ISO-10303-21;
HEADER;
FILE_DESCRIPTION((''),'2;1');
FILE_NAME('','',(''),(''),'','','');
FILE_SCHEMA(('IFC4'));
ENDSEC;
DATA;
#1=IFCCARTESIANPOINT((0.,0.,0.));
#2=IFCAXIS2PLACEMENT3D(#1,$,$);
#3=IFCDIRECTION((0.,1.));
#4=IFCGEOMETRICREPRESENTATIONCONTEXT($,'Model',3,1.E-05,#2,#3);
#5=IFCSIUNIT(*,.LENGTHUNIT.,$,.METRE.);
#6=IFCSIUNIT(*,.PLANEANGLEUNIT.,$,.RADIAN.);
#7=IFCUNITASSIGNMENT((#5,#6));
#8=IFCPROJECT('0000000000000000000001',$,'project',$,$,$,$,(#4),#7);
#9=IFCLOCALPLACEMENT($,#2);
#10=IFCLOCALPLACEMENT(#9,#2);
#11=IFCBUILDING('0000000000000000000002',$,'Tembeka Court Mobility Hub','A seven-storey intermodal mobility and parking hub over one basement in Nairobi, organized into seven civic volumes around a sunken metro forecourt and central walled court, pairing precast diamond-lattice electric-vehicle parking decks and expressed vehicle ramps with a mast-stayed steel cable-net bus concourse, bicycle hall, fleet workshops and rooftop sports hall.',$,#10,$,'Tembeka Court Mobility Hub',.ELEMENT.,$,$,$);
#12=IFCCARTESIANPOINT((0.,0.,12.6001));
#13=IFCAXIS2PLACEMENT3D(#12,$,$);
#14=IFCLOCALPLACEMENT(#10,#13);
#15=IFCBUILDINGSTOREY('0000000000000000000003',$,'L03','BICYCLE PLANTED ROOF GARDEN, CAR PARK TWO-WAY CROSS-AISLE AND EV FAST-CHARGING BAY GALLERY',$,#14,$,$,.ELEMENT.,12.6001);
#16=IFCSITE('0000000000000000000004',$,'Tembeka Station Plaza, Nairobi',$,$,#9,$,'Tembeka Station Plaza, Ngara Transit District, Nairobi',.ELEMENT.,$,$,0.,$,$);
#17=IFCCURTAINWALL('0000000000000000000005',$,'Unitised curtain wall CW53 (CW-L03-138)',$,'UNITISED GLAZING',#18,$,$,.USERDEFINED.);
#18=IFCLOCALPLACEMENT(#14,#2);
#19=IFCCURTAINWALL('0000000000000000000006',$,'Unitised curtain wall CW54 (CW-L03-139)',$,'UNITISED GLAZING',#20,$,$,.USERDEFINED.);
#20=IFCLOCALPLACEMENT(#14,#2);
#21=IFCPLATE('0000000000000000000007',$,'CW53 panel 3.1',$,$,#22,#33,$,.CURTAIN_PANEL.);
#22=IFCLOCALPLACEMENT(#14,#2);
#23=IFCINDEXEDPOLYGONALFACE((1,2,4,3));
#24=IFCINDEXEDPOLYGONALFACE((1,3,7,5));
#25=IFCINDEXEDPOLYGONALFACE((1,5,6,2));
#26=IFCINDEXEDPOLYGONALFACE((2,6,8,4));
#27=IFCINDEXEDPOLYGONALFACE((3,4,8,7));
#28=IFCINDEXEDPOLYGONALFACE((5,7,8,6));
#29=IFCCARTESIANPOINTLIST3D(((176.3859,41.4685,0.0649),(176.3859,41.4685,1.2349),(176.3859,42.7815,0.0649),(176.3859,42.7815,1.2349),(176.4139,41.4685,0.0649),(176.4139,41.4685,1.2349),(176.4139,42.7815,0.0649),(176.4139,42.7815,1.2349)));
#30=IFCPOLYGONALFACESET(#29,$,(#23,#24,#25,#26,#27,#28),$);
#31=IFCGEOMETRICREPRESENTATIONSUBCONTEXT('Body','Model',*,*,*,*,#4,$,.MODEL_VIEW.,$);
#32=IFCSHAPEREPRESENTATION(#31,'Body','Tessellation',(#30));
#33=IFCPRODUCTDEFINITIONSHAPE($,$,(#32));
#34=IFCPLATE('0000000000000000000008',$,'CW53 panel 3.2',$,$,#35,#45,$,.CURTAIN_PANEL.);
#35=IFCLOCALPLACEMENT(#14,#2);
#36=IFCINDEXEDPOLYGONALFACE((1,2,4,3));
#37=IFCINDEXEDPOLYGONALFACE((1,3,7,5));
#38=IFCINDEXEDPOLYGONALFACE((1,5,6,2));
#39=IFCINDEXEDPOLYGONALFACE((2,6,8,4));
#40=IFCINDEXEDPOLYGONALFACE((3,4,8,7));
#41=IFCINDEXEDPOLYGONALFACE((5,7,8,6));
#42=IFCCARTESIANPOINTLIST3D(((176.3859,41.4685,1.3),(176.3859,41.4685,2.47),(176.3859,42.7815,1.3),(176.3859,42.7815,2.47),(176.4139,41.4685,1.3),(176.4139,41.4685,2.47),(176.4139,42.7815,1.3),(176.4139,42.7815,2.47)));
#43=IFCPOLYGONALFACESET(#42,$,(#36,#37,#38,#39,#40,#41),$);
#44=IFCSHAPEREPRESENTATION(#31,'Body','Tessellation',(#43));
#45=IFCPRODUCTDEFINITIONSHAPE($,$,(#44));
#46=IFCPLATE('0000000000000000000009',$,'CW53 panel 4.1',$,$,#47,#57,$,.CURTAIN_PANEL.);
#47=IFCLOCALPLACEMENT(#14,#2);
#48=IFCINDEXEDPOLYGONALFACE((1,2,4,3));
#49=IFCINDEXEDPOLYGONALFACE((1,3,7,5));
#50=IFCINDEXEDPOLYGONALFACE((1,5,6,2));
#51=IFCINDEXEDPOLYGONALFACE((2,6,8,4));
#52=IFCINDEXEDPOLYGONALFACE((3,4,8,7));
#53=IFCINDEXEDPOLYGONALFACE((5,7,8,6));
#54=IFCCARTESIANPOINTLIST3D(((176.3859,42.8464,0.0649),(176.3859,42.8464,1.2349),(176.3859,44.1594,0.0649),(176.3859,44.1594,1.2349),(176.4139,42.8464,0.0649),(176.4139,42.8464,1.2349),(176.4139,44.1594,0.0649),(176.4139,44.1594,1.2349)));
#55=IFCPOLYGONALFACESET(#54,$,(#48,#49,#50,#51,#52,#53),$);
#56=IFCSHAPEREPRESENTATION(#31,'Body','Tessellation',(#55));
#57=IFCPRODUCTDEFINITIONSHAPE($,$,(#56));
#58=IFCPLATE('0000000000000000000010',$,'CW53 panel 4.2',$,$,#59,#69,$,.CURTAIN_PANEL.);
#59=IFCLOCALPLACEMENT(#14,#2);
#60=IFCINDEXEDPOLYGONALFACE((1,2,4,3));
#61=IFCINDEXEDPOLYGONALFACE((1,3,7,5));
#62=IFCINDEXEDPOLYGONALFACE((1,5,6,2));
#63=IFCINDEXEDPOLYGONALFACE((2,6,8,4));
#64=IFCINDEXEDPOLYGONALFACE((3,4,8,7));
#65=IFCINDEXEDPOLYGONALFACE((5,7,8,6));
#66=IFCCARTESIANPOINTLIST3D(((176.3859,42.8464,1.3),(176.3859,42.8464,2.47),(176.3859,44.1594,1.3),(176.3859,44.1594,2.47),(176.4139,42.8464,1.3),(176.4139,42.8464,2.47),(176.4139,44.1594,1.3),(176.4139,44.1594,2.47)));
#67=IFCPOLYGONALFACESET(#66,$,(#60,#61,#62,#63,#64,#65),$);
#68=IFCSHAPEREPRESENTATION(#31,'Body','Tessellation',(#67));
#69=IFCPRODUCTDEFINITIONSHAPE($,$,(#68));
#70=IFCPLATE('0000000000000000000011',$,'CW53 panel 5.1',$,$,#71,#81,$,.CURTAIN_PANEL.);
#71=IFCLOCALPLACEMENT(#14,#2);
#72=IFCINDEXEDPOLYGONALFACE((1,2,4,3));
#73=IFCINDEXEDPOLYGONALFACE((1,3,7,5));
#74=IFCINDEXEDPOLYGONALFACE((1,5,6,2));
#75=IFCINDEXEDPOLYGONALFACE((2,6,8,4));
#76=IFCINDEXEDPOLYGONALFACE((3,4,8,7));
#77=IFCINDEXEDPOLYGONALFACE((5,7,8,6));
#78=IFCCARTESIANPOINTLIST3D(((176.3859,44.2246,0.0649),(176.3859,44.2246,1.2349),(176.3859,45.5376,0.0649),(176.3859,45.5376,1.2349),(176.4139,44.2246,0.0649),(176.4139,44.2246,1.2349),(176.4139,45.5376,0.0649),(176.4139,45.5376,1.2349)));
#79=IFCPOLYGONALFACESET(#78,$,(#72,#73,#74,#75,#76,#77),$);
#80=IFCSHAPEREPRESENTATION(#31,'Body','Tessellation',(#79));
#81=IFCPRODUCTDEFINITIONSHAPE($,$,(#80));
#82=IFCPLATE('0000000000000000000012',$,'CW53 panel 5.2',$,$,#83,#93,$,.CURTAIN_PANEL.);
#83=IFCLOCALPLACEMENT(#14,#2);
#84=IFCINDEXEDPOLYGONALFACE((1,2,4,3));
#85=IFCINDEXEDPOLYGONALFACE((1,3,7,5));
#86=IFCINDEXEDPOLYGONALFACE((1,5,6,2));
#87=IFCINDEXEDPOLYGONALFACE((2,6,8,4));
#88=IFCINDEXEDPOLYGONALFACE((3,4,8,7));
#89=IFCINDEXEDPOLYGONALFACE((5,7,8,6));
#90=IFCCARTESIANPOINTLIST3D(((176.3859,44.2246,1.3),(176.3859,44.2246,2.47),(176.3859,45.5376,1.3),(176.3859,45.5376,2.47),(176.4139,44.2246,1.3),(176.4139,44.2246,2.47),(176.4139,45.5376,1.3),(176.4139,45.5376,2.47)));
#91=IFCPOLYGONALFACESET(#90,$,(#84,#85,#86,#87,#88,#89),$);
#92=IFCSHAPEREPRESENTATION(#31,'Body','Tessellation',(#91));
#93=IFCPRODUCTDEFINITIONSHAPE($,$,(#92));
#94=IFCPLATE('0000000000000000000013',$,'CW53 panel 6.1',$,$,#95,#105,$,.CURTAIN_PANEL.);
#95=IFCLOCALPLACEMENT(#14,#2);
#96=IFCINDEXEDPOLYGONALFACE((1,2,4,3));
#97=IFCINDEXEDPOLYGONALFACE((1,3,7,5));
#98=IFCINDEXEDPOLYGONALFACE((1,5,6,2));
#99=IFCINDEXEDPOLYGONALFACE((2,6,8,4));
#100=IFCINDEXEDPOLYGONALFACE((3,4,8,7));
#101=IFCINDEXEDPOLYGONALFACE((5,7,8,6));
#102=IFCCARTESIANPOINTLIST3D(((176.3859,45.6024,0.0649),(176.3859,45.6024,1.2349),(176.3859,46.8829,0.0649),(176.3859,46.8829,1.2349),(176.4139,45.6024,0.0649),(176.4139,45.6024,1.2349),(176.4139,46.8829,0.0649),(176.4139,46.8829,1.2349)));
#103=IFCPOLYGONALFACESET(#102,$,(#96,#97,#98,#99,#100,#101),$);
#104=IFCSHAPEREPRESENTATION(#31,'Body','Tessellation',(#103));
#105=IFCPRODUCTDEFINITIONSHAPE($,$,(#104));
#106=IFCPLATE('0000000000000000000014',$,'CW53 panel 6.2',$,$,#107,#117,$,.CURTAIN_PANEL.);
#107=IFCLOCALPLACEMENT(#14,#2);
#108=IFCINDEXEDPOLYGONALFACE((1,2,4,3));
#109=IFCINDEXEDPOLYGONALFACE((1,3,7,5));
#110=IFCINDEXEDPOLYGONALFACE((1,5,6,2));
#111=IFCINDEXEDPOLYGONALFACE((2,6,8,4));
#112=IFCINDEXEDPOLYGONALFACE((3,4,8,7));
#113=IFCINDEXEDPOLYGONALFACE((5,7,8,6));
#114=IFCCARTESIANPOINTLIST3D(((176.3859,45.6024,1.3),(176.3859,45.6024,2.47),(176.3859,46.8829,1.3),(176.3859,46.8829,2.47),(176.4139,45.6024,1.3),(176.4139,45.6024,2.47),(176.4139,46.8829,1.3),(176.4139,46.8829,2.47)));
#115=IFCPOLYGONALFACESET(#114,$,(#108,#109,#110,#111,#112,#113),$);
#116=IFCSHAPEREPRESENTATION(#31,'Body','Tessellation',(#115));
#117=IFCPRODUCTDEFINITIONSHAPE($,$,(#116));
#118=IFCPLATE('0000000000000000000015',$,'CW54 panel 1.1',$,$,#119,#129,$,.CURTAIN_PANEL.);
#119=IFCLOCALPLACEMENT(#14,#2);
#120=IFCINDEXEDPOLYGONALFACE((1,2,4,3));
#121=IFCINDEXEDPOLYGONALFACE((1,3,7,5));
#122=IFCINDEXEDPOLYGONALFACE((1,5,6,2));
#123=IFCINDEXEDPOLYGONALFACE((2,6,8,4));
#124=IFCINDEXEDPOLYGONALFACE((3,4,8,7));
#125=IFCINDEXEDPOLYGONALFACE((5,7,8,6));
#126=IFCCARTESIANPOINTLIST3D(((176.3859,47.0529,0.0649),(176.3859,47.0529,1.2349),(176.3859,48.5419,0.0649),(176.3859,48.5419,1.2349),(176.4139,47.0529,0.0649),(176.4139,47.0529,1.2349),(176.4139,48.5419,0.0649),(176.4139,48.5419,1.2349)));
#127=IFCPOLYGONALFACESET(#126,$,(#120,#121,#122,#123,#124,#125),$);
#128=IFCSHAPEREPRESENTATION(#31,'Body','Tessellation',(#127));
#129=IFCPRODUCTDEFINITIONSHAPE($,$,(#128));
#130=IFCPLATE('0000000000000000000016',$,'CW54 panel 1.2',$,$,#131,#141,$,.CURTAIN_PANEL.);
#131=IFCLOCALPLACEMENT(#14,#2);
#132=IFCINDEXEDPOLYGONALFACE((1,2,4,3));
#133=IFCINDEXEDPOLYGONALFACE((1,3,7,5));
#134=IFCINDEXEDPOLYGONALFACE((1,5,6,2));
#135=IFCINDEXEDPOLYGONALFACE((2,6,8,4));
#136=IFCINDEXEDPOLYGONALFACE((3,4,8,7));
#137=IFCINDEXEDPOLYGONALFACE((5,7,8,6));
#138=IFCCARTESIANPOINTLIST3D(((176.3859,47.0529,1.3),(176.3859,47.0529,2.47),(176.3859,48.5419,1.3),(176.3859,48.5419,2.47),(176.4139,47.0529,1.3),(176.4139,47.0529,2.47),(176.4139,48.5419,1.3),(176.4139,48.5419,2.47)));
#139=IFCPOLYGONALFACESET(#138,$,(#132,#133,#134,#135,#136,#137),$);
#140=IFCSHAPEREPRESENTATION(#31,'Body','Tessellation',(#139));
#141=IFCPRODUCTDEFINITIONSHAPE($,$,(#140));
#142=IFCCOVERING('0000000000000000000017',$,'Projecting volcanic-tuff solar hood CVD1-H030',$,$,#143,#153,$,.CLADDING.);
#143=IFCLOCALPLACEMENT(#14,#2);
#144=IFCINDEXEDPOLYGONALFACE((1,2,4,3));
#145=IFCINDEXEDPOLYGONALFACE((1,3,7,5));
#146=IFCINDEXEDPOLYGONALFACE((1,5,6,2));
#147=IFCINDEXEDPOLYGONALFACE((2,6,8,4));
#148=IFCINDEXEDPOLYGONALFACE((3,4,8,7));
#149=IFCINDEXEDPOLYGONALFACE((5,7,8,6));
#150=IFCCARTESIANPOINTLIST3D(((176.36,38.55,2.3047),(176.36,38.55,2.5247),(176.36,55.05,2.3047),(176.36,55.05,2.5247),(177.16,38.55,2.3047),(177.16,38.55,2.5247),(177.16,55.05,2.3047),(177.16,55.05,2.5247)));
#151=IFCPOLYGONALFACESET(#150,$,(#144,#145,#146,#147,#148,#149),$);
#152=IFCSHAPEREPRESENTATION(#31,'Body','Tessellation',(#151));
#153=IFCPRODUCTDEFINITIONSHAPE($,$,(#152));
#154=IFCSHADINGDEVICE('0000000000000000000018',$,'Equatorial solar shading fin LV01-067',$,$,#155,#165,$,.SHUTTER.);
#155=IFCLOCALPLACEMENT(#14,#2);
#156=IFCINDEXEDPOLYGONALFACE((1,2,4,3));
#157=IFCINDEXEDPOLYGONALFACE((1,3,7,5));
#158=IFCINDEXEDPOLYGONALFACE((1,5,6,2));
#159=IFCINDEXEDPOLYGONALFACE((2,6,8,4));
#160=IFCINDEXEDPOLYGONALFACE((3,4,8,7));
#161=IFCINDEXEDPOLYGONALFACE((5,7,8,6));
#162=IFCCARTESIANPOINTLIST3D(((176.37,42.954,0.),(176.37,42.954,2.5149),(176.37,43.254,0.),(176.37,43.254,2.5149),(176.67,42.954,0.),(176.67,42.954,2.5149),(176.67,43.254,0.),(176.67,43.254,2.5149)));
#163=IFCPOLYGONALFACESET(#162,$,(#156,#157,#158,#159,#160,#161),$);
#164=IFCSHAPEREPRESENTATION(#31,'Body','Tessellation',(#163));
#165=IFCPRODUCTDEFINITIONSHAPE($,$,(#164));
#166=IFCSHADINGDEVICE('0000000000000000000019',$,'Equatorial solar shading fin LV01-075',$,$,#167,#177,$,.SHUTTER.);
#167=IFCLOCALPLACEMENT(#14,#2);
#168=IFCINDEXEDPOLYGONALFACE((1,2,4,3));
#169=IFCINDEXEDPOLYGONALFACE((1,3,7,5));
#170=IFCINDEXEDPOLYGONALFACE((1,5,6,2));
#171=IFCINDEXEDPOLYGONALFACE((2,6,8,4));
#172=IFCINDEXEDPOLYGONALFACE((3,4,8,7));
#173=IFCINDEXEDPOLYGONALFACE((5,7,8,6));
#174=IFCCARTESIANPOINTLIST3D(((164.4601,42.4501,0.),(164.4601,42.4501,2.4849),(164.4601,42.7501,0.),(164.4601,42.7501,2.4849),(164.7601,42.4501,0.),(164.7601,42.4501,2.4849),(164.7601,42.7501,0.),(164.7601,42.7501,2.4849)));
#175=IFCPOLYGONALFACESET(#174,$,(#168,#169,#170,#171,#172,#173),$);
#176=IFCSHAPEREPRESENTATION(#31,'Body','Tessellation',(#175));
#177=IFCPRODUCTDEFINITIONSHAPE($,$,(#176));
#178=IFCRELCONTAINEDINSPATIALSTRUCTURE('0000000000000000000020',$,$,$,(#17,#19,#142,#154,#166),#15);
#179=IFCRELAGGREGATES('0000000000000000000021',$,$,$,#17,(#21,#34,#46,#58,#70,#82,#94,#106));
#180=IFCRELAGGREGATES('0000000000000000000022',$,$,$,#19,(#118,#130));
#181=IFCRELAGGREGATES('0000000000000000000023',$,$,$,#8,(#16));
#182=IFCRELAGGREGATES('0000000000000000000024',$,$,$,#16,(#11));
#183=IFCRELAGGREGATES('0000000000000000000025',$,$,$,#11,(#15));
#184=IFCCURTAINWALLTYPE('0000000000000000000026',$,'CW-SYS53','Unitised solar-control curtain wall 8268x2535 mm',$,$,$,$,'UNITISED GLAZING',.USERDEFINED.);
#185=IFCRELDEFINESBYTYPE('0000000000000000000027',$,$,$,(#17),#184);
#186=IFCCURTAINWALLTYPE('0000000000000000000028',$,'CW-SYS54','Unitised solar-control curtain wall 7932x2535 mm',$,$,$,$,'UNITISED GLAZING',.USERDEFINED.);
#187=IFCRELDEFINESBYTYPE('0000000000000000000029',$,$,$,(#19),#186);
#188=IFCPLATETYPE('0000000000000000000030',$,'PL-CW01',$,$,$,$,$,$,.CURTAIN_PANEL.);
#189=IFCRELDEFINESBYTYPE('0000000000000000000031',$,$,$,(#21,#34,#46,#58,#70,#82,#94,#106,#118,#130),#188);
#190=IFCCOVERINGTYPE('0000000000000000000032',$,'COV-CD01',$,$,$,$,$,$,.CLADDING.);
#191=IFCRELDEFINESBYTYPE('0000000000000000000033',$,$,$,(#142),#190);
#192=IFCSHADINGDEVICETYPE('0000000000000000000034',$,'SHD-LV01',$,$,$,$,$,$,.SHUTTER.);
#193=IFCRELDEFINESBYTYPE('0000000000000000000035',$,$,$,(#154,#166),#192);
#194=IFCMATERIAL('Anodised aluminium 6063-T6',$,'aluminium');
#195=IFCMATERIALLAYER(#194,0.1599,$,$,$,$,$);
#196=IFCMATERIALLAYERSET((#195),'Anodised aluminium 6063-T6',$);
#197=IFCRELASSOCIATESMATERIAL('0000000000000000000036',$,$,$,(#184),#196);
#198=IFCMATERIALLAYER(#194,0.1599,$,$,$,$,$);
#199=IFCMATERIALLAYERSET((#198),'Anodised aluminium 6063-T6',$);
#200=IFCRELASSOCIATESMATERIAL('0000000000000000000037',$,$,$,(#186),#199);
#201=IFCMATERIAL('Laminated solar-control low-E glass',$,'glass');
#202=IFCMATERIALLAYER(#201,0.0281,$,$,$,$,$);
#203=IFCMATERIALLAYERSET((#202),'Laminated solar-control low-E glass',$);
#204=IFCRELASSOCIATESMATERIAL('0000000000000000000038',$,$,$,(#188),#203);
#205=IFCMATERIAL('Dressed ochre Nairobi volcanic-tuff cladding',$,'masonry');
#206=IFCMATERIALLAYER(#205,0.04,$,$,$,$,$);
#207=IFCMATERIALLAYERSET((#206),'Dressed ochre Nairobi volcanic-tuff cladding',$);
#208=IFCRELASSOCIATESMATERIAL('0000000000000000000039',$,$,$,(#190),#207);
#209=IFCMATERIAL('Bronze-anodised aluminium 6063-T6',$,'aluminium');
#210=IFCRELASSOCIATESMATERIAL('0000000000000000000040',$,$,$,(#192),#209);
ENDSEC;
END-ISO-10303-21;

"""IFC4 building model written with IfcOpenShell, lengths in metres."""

from ifc_helpers import new_model, si_unit, direction, frame, origin, origin_2d, place, context, subcontext, project, spatial, rectangle, extrude, material, layer, layer_set, material_profile, profile_set, type_object, element, aggregate, save


model = new_model("IFC4")

# Units and contexts
model_context = context("Model", 3, precision=1e-05, world=origin(), true_north=direction((0.0, 1.0)))
body_context = subcontext(model_context, "Body", "Model", "MODEL_VIEW")
ifc_project = project(units=[si_unit("LENGTHUNIT", "METRE"), si_unit("PLANEANGLEUNIT", "RADIAN")], contexts=[model_context])

# Site, building, storey
site_placement = place(None, origin())
site = spatial("IfcSite", under=ifc_project, at=site_placement, Name="Tembeka Station Plaza, Nairobi", LongName="Tembeka Station Plaza, Ngara Transit District, Nairobi", CompositionType="ELEMENT", RefElevation=0.0)
building_placement = place(site_placement, origin())
building = spatial("IfcBuilding", under=site, at=building_placement, Name="Tembeka Court Mobility Hub", Description="A seven-storey intermodal mobility and parking hub over one basement in Nairobi, organized into seven civic volumes around a sunken metro forecourt and central walled court, pairing precast diamond-lattice electric-vehicle parking decks and expressed vehicle ramps with a mast-stayed steel cable-net bus concourse, bicycle hall, fleet workshops and rooftop sports hall.", LongName="Tembeka Court Mobility Hub", CompositionType="ELEMENT")
storey_placement = place(building_placement, frame((0.0, 0.0, 12.6001)))
storey = spatial("IfcBuildingStorey", under=building, at=storey_placement, Name="L03", Description="BICYCLE PLANTED ROOF GARDEN, CAR PARK TWO-WAY CROSS-AISLE AND EV FAST-CHARGING BAY GALLERY", CompositionType="ELEMENT", Elevation=12.6001)

# Curtain wall
ifc_material_1 = material(Name="Anodised aluminium 6063-T6", Category="aluminium")
ifc_layer_1 = layer(ifc_material_1, 0.1599)
ifc_layer_set_1 = layer_set([ifc_layer_1], Name="Anodised aluminium 6063-T6")
curtain_wall_type_1 = type_object("IfcCurtainWallType", Name="CW-SYS53", Description="Unitised solar-control curtain wall 8268x2535 mm", ElementType="UNITISED GLAZING", PredefinedType="USERDEFINED", material=ifc_layer_set_1)
curtain_wall_1_placement = place(storey_placement, origin())
curtain_wall_1 = element("IfcCurtainWall", 1, at=curtain_wall_1_placement, inside=storey, type_object=curtain_wall_type_1, Name="Unitised curtain wall CW53 (CW-L03-138)", ObjectType="UNITISED GLAZING", PredefinedType="USERDEFINED")

# Curtain wall
ifc_layer_2 = layer(ifc_material_1, 0.1599)
ifc_layer_set_2 = layer_set([ifc_layer_2], Name="Anodised aluminium 6063-T6")
curtain_wall_type_2 = type_object("IfcCurtainWallType", Name="CW-SYS54", Description="Unitised solar-control curtain wall 7932x2535 mm", ElementType="UNITISED GLAZING", PredefinedType="USERDEFINED", material=ifc_layer_set_2)
curtain_wall_2_placement = place(storey_placement, origin())
curtain_wall_2 = element("IfcCurtainWall", 2, at=curtain_wall_2_placement, inside=storey, type_object=curtain_wall_type_2, Name="Unitised curtain wall CW54 (CW-L03-139)", ObjectType="UNITISED GLAZING", PredefinedType="USERDEFINED")

# Plates
ifc_material_2 = material(Name="Laminated solar-control low-E glass", Category="glass")
ifc_layer_3 = layer(ifc_material_2, 0.0281)
ifc_layer_set_3 = layer_set([ifc_layer_3], Name="Laminated solar-control low-E glass")
plate_type = type_object("IfcPlateType", Name="PL-CW01", PredefinedType="CURTAIN_PANEL", material=ifc_layer_set_3)
plate_1_placement = place(storey_placement, frame((176.3999, 42.125, 0.0649), z_axis=(0.0, 0.0, 1.0), x_axis=(0.0, 1.0, 0.0)))
plate_1 = element("IfcPlate", 3, at=plate_1_placement, type_object=plate_type, Name="CW53 panel 3.1", PredefinedType="CURTAIN_PANEL", context=body_context, shape_type="SweptSolid", body=[
    extrude(rectangle(XDim=1.313, YDim=0.0281, at=origin_2d()), origin(), (0.0, 0.0, 1.0), 1.1699),
])
plate_2_placement = place(storey_placement, frame((176.3999, 42.125, 1.3), z_axis=(0.0, 0.0, 1.0), x_axis=(0.0, 1.0, 0.0)))
plate_2 = element("IfcPlate", 4, at=plate_2_placement, type_object=plate_type, Name="CW53 panel 3.2", PredefinedType="CURTAIN_PANEL", context=body_context, shape_type="SweptSolid", body=[
    extrude(rectangle(XDim=1.313, YDim=0.0281, at=origin_2d()), origin(), (0.0, 0.0, 1.0), 1.1699),
])
plate_3_placement = place(storey_placement, frame((176.3999, 43.5029, 0.0649), z_axis=(0.0, 0.0, 1.0), x_axis=(0.0, 1.0, 0.0)))
plate_3 = element("IfcPlate", 5, at=plate_3_placement, type_object=plate_type, Name="CW53 panel 4.1", PredefinedType="CURTAIN_PANEL", context=body_context, shape_type="SweptSolid", body=[
    extrude(rectangle(XDim=1.313, YDim=0.0281, at=origin_2d()), origin(), (0.0, 0.0, 1.0), 1.1699),
])
plate_4_placement = place(storey_placement, frame((176.3999, 43.5029, 1.3), z_axis=(0.0, 0.0, 1.0), x_axis=(0.0, 1.0, 0.0)))
plate_4 = element("IfcPlate", 6, at=plate_4_placement, type_object=plate_type, Name="CW53 panel 4.2", PredefinedType="CURTAIN_PANEL", context=body_context, shape_type="SweptSolid", body=[
    extrude(rectangle(XDim=1.313, YDim=0.0281, at=origin_2d()), origin(), (0.0, 0.0, 1.0), 1.1699),
])
plate_5_placement = place(storey_placement, frame((176.3999, 44.8811, 0.0649), z_axis=(0.0, 0.0, 1.0), x_axis=(0.0, 1.0, 0.0)))
plate_5 = element("IfcPlate", 7, at=plate_5_placement, type_object=plate_type, Name="CW53 panel 5.1", PredefinedType="CURTAIN_PANEL", context=body_context, shape_type="SweptSolid", body=[
    extrude(rectangle(XDim=1.313, YDim=0.0281, at=origin_2d()), origin(), (0.0, 0.0, 1.0), 1.1699),
])
plate_6_placement = place(storey_placement, frame((176.3999, 44.8811, 1.3), z_axis=(0.0, 0.0, 1.0), x_axis=(0.0, 1.0, 0.0)))
plate_6 = element("IfcPlate", 8, at=plate_6_placement, type_object=plate_type, Name="CW53 panel 5.2", PredefinedType="CURTAIN_PANEL", context=body_context, shape_type="SweptSolid", body=[
    extrude(rectangle(XDim=1.313, YDim=0.0281, at=origin_2d()), origin(), (0.0, 0.0, 1.0), 1.1699),
])
plate_7_placement = place(storey_placement, frame((176.3999, 46.2427, 0.0649), z_axis=(0.0, 0.0, 1.0), x_axis=(0.0, 1.0, 0.0)))
plate_7 = element("IfcPlate", 9, at=plate_7_placement, type_object=plate_type, Name="CW53 panel 6.1", PredefinedType="CURTAIN_PANEL", context=body_context, shape_type="SweptSolid", body=[
    extrude(rectangle(XDim=1.2805, YDim=0.0281, at=origin_2d()), origin(), (0.0, 0.0, 1.0), 1.1699),
])
plate_8_placement = place(storey_placement, frame((176.3999, 46.2427, 1.3), z_axis=(0.0, 0.0, 1.0), x_axis=(0.0, 1.0, 0.0)))
plate_8 = element("IfcPlate", 10, at=plate_8_placement, type_object=plate_type, Name="CW53 panel 6.2", PredefinedType="CURTAIN_PANEL", context=body_context, shape_type="SweptSolid", body=[
    extrude(rectangle(XDim=1.2805, YDim=0.0281, at=origin_2d()), origin(), (0.0, 0.0, 1.0), 1.1699),
])
aggregate(curtain_wall_1, [plate_1, plate_2, plate_3, plate_4, plate_5, plate_6, plate_7, plate_8])
plate_9_placement = place(storey_placement, frame((176.3999, 47.7974, 0.0649), z_axis=(0.0, 0.0, 1.0), x_axis=(0.0, 1.0, 0.0)))
plate_9 = element("IfcPlate", 11, at=plate_9_placement, type_object=plate_type, Name="CW54 panel 1.1", PredefinedType="CURTAIN_PANEL", context=body_context, shape_type="SweptSolid", body=[
    extrude(rectangle(XDim=1.489, YDim=0.0281, at=origin_2d()), origin(), (0.0, 0.0, 1.0), 1.1699),
])
plate_10_placement = place(storey_placement, frame((176.3999, 47.7974, 1.3), z_axis=(0.0, 0.0, 1.0), x_axis=(0.0, 1.0, 0.0)))
plate_10 = element("IfcPlate", 12, at=plate_10_placement, type_object=plate_type, Name="CW54 panel 1.2", PredefinedType="CURTAIN_PANEL", context=body_context, shape_type="SweptSolid", body=[
    extrude(rectangle(XDim=1.489, YDim=0.0281, at=origin_2d()), origin(), (0.0, 0.0, 1.0), 1.1699),
])
aggregate(curtain_wall_2, [plate_9, plate_10])

# Covering
ifc_material_3 = material(Name="Dressed ochre Nairobi volcanic-tuff cladding", Category="masonry")
ifc_layer_4 = layer(ifc_material_3, 0.04)
ifc_layer_set_4 = layer_set([ifc_layer_4], Name="Dressed ochre Nairobi volcanic-tuff cladding")
covering_type = type_object("IfcCoveringType", Name="COV-CD01", PredefinedType="CLADDING", material=ifc_layer_set_4)
covering_placement = place(storey_placement, frame((176.76, 46.8, 2.3047), z_axis=(0.0, 0.0, 1.0), x_axis=(0.0, 1.0, 0.0)))
element("IfcCovering", 13, at=covering_placement, inside=storey, type_object=covering_type, Name="Projecting volcanic-tuff solar hood CVD1-H030", PredefinedType="CLADDING", context=body_context, shape_type="SweptSolid", body=[
    extrude(rectangle(XDim=16.5, YDim=0.8, at=origin_2d()), origin(), (0.0, 0.0, 1.0), 0.22),
])

# Shading devices
ifc_material_4 = material(Name="Bronze-anodised aluminium 6063-T6", Category="aluminium")
ifc_material_profile_1 = material_profile(ifc_material_4, rectangle(XDim=0.3, YDim=0.3, at=origin_2d()), Name="ALU-LVR 300x300")
ifc_profile_set_1 = profile_set([ifc_material_profile_1], Name="Bronze-anodised aluminium 6063-T6")
shading_device_type = type_object("IfcShadingDeviceType", Name="SHD-LV01", PredefinedType="SHUTTER", material=ifc_profile_set_1)
shading_device_1_placement = place(storey_placement, frame((176.52, 43.104, 0.0), z_axis=(0.0, 0.0, 1.0), x_axis=(1.0, 0.0, 0.0)))
element("IfcShadingDevice", 14, at=shading_device_1_placement, inside=storey, type_object=shading_device_type, Name="Equatorial solar shading fin LV01-067", PredefinedType="SHUTTER", context=body_context, shape_type="SweptSolid", body=[
    extrude(rectangle(XDim=0.3, YDim=0.3, at=origin_2d()), origin(), (0.0, 0.0, 1.0), 2.5149),
])
shading_device_2_placement = place(storey_placement, frame((164.6101, 42.6001, 0.0), z_axis=(0.0, 0.0, 1.0), x_axis=(1.0, 0.0, 0.0)))
element("IfcShadingDevice", 15, at=shading_device_2_placement, inside=storey, type_object=shading_device_type, Name="Equatorial solar shading fin LV01-075", PredefinedType="SHUTTER", context=body_context, shape_type="SweptSolid", body=[
    extrude(rectangle(XDim=0.3, YDim=0.3, at=origin_2d()), origin(), (0.0, 0.0, 1.0), 2.4849),
])

save(model, "model.ifc")
